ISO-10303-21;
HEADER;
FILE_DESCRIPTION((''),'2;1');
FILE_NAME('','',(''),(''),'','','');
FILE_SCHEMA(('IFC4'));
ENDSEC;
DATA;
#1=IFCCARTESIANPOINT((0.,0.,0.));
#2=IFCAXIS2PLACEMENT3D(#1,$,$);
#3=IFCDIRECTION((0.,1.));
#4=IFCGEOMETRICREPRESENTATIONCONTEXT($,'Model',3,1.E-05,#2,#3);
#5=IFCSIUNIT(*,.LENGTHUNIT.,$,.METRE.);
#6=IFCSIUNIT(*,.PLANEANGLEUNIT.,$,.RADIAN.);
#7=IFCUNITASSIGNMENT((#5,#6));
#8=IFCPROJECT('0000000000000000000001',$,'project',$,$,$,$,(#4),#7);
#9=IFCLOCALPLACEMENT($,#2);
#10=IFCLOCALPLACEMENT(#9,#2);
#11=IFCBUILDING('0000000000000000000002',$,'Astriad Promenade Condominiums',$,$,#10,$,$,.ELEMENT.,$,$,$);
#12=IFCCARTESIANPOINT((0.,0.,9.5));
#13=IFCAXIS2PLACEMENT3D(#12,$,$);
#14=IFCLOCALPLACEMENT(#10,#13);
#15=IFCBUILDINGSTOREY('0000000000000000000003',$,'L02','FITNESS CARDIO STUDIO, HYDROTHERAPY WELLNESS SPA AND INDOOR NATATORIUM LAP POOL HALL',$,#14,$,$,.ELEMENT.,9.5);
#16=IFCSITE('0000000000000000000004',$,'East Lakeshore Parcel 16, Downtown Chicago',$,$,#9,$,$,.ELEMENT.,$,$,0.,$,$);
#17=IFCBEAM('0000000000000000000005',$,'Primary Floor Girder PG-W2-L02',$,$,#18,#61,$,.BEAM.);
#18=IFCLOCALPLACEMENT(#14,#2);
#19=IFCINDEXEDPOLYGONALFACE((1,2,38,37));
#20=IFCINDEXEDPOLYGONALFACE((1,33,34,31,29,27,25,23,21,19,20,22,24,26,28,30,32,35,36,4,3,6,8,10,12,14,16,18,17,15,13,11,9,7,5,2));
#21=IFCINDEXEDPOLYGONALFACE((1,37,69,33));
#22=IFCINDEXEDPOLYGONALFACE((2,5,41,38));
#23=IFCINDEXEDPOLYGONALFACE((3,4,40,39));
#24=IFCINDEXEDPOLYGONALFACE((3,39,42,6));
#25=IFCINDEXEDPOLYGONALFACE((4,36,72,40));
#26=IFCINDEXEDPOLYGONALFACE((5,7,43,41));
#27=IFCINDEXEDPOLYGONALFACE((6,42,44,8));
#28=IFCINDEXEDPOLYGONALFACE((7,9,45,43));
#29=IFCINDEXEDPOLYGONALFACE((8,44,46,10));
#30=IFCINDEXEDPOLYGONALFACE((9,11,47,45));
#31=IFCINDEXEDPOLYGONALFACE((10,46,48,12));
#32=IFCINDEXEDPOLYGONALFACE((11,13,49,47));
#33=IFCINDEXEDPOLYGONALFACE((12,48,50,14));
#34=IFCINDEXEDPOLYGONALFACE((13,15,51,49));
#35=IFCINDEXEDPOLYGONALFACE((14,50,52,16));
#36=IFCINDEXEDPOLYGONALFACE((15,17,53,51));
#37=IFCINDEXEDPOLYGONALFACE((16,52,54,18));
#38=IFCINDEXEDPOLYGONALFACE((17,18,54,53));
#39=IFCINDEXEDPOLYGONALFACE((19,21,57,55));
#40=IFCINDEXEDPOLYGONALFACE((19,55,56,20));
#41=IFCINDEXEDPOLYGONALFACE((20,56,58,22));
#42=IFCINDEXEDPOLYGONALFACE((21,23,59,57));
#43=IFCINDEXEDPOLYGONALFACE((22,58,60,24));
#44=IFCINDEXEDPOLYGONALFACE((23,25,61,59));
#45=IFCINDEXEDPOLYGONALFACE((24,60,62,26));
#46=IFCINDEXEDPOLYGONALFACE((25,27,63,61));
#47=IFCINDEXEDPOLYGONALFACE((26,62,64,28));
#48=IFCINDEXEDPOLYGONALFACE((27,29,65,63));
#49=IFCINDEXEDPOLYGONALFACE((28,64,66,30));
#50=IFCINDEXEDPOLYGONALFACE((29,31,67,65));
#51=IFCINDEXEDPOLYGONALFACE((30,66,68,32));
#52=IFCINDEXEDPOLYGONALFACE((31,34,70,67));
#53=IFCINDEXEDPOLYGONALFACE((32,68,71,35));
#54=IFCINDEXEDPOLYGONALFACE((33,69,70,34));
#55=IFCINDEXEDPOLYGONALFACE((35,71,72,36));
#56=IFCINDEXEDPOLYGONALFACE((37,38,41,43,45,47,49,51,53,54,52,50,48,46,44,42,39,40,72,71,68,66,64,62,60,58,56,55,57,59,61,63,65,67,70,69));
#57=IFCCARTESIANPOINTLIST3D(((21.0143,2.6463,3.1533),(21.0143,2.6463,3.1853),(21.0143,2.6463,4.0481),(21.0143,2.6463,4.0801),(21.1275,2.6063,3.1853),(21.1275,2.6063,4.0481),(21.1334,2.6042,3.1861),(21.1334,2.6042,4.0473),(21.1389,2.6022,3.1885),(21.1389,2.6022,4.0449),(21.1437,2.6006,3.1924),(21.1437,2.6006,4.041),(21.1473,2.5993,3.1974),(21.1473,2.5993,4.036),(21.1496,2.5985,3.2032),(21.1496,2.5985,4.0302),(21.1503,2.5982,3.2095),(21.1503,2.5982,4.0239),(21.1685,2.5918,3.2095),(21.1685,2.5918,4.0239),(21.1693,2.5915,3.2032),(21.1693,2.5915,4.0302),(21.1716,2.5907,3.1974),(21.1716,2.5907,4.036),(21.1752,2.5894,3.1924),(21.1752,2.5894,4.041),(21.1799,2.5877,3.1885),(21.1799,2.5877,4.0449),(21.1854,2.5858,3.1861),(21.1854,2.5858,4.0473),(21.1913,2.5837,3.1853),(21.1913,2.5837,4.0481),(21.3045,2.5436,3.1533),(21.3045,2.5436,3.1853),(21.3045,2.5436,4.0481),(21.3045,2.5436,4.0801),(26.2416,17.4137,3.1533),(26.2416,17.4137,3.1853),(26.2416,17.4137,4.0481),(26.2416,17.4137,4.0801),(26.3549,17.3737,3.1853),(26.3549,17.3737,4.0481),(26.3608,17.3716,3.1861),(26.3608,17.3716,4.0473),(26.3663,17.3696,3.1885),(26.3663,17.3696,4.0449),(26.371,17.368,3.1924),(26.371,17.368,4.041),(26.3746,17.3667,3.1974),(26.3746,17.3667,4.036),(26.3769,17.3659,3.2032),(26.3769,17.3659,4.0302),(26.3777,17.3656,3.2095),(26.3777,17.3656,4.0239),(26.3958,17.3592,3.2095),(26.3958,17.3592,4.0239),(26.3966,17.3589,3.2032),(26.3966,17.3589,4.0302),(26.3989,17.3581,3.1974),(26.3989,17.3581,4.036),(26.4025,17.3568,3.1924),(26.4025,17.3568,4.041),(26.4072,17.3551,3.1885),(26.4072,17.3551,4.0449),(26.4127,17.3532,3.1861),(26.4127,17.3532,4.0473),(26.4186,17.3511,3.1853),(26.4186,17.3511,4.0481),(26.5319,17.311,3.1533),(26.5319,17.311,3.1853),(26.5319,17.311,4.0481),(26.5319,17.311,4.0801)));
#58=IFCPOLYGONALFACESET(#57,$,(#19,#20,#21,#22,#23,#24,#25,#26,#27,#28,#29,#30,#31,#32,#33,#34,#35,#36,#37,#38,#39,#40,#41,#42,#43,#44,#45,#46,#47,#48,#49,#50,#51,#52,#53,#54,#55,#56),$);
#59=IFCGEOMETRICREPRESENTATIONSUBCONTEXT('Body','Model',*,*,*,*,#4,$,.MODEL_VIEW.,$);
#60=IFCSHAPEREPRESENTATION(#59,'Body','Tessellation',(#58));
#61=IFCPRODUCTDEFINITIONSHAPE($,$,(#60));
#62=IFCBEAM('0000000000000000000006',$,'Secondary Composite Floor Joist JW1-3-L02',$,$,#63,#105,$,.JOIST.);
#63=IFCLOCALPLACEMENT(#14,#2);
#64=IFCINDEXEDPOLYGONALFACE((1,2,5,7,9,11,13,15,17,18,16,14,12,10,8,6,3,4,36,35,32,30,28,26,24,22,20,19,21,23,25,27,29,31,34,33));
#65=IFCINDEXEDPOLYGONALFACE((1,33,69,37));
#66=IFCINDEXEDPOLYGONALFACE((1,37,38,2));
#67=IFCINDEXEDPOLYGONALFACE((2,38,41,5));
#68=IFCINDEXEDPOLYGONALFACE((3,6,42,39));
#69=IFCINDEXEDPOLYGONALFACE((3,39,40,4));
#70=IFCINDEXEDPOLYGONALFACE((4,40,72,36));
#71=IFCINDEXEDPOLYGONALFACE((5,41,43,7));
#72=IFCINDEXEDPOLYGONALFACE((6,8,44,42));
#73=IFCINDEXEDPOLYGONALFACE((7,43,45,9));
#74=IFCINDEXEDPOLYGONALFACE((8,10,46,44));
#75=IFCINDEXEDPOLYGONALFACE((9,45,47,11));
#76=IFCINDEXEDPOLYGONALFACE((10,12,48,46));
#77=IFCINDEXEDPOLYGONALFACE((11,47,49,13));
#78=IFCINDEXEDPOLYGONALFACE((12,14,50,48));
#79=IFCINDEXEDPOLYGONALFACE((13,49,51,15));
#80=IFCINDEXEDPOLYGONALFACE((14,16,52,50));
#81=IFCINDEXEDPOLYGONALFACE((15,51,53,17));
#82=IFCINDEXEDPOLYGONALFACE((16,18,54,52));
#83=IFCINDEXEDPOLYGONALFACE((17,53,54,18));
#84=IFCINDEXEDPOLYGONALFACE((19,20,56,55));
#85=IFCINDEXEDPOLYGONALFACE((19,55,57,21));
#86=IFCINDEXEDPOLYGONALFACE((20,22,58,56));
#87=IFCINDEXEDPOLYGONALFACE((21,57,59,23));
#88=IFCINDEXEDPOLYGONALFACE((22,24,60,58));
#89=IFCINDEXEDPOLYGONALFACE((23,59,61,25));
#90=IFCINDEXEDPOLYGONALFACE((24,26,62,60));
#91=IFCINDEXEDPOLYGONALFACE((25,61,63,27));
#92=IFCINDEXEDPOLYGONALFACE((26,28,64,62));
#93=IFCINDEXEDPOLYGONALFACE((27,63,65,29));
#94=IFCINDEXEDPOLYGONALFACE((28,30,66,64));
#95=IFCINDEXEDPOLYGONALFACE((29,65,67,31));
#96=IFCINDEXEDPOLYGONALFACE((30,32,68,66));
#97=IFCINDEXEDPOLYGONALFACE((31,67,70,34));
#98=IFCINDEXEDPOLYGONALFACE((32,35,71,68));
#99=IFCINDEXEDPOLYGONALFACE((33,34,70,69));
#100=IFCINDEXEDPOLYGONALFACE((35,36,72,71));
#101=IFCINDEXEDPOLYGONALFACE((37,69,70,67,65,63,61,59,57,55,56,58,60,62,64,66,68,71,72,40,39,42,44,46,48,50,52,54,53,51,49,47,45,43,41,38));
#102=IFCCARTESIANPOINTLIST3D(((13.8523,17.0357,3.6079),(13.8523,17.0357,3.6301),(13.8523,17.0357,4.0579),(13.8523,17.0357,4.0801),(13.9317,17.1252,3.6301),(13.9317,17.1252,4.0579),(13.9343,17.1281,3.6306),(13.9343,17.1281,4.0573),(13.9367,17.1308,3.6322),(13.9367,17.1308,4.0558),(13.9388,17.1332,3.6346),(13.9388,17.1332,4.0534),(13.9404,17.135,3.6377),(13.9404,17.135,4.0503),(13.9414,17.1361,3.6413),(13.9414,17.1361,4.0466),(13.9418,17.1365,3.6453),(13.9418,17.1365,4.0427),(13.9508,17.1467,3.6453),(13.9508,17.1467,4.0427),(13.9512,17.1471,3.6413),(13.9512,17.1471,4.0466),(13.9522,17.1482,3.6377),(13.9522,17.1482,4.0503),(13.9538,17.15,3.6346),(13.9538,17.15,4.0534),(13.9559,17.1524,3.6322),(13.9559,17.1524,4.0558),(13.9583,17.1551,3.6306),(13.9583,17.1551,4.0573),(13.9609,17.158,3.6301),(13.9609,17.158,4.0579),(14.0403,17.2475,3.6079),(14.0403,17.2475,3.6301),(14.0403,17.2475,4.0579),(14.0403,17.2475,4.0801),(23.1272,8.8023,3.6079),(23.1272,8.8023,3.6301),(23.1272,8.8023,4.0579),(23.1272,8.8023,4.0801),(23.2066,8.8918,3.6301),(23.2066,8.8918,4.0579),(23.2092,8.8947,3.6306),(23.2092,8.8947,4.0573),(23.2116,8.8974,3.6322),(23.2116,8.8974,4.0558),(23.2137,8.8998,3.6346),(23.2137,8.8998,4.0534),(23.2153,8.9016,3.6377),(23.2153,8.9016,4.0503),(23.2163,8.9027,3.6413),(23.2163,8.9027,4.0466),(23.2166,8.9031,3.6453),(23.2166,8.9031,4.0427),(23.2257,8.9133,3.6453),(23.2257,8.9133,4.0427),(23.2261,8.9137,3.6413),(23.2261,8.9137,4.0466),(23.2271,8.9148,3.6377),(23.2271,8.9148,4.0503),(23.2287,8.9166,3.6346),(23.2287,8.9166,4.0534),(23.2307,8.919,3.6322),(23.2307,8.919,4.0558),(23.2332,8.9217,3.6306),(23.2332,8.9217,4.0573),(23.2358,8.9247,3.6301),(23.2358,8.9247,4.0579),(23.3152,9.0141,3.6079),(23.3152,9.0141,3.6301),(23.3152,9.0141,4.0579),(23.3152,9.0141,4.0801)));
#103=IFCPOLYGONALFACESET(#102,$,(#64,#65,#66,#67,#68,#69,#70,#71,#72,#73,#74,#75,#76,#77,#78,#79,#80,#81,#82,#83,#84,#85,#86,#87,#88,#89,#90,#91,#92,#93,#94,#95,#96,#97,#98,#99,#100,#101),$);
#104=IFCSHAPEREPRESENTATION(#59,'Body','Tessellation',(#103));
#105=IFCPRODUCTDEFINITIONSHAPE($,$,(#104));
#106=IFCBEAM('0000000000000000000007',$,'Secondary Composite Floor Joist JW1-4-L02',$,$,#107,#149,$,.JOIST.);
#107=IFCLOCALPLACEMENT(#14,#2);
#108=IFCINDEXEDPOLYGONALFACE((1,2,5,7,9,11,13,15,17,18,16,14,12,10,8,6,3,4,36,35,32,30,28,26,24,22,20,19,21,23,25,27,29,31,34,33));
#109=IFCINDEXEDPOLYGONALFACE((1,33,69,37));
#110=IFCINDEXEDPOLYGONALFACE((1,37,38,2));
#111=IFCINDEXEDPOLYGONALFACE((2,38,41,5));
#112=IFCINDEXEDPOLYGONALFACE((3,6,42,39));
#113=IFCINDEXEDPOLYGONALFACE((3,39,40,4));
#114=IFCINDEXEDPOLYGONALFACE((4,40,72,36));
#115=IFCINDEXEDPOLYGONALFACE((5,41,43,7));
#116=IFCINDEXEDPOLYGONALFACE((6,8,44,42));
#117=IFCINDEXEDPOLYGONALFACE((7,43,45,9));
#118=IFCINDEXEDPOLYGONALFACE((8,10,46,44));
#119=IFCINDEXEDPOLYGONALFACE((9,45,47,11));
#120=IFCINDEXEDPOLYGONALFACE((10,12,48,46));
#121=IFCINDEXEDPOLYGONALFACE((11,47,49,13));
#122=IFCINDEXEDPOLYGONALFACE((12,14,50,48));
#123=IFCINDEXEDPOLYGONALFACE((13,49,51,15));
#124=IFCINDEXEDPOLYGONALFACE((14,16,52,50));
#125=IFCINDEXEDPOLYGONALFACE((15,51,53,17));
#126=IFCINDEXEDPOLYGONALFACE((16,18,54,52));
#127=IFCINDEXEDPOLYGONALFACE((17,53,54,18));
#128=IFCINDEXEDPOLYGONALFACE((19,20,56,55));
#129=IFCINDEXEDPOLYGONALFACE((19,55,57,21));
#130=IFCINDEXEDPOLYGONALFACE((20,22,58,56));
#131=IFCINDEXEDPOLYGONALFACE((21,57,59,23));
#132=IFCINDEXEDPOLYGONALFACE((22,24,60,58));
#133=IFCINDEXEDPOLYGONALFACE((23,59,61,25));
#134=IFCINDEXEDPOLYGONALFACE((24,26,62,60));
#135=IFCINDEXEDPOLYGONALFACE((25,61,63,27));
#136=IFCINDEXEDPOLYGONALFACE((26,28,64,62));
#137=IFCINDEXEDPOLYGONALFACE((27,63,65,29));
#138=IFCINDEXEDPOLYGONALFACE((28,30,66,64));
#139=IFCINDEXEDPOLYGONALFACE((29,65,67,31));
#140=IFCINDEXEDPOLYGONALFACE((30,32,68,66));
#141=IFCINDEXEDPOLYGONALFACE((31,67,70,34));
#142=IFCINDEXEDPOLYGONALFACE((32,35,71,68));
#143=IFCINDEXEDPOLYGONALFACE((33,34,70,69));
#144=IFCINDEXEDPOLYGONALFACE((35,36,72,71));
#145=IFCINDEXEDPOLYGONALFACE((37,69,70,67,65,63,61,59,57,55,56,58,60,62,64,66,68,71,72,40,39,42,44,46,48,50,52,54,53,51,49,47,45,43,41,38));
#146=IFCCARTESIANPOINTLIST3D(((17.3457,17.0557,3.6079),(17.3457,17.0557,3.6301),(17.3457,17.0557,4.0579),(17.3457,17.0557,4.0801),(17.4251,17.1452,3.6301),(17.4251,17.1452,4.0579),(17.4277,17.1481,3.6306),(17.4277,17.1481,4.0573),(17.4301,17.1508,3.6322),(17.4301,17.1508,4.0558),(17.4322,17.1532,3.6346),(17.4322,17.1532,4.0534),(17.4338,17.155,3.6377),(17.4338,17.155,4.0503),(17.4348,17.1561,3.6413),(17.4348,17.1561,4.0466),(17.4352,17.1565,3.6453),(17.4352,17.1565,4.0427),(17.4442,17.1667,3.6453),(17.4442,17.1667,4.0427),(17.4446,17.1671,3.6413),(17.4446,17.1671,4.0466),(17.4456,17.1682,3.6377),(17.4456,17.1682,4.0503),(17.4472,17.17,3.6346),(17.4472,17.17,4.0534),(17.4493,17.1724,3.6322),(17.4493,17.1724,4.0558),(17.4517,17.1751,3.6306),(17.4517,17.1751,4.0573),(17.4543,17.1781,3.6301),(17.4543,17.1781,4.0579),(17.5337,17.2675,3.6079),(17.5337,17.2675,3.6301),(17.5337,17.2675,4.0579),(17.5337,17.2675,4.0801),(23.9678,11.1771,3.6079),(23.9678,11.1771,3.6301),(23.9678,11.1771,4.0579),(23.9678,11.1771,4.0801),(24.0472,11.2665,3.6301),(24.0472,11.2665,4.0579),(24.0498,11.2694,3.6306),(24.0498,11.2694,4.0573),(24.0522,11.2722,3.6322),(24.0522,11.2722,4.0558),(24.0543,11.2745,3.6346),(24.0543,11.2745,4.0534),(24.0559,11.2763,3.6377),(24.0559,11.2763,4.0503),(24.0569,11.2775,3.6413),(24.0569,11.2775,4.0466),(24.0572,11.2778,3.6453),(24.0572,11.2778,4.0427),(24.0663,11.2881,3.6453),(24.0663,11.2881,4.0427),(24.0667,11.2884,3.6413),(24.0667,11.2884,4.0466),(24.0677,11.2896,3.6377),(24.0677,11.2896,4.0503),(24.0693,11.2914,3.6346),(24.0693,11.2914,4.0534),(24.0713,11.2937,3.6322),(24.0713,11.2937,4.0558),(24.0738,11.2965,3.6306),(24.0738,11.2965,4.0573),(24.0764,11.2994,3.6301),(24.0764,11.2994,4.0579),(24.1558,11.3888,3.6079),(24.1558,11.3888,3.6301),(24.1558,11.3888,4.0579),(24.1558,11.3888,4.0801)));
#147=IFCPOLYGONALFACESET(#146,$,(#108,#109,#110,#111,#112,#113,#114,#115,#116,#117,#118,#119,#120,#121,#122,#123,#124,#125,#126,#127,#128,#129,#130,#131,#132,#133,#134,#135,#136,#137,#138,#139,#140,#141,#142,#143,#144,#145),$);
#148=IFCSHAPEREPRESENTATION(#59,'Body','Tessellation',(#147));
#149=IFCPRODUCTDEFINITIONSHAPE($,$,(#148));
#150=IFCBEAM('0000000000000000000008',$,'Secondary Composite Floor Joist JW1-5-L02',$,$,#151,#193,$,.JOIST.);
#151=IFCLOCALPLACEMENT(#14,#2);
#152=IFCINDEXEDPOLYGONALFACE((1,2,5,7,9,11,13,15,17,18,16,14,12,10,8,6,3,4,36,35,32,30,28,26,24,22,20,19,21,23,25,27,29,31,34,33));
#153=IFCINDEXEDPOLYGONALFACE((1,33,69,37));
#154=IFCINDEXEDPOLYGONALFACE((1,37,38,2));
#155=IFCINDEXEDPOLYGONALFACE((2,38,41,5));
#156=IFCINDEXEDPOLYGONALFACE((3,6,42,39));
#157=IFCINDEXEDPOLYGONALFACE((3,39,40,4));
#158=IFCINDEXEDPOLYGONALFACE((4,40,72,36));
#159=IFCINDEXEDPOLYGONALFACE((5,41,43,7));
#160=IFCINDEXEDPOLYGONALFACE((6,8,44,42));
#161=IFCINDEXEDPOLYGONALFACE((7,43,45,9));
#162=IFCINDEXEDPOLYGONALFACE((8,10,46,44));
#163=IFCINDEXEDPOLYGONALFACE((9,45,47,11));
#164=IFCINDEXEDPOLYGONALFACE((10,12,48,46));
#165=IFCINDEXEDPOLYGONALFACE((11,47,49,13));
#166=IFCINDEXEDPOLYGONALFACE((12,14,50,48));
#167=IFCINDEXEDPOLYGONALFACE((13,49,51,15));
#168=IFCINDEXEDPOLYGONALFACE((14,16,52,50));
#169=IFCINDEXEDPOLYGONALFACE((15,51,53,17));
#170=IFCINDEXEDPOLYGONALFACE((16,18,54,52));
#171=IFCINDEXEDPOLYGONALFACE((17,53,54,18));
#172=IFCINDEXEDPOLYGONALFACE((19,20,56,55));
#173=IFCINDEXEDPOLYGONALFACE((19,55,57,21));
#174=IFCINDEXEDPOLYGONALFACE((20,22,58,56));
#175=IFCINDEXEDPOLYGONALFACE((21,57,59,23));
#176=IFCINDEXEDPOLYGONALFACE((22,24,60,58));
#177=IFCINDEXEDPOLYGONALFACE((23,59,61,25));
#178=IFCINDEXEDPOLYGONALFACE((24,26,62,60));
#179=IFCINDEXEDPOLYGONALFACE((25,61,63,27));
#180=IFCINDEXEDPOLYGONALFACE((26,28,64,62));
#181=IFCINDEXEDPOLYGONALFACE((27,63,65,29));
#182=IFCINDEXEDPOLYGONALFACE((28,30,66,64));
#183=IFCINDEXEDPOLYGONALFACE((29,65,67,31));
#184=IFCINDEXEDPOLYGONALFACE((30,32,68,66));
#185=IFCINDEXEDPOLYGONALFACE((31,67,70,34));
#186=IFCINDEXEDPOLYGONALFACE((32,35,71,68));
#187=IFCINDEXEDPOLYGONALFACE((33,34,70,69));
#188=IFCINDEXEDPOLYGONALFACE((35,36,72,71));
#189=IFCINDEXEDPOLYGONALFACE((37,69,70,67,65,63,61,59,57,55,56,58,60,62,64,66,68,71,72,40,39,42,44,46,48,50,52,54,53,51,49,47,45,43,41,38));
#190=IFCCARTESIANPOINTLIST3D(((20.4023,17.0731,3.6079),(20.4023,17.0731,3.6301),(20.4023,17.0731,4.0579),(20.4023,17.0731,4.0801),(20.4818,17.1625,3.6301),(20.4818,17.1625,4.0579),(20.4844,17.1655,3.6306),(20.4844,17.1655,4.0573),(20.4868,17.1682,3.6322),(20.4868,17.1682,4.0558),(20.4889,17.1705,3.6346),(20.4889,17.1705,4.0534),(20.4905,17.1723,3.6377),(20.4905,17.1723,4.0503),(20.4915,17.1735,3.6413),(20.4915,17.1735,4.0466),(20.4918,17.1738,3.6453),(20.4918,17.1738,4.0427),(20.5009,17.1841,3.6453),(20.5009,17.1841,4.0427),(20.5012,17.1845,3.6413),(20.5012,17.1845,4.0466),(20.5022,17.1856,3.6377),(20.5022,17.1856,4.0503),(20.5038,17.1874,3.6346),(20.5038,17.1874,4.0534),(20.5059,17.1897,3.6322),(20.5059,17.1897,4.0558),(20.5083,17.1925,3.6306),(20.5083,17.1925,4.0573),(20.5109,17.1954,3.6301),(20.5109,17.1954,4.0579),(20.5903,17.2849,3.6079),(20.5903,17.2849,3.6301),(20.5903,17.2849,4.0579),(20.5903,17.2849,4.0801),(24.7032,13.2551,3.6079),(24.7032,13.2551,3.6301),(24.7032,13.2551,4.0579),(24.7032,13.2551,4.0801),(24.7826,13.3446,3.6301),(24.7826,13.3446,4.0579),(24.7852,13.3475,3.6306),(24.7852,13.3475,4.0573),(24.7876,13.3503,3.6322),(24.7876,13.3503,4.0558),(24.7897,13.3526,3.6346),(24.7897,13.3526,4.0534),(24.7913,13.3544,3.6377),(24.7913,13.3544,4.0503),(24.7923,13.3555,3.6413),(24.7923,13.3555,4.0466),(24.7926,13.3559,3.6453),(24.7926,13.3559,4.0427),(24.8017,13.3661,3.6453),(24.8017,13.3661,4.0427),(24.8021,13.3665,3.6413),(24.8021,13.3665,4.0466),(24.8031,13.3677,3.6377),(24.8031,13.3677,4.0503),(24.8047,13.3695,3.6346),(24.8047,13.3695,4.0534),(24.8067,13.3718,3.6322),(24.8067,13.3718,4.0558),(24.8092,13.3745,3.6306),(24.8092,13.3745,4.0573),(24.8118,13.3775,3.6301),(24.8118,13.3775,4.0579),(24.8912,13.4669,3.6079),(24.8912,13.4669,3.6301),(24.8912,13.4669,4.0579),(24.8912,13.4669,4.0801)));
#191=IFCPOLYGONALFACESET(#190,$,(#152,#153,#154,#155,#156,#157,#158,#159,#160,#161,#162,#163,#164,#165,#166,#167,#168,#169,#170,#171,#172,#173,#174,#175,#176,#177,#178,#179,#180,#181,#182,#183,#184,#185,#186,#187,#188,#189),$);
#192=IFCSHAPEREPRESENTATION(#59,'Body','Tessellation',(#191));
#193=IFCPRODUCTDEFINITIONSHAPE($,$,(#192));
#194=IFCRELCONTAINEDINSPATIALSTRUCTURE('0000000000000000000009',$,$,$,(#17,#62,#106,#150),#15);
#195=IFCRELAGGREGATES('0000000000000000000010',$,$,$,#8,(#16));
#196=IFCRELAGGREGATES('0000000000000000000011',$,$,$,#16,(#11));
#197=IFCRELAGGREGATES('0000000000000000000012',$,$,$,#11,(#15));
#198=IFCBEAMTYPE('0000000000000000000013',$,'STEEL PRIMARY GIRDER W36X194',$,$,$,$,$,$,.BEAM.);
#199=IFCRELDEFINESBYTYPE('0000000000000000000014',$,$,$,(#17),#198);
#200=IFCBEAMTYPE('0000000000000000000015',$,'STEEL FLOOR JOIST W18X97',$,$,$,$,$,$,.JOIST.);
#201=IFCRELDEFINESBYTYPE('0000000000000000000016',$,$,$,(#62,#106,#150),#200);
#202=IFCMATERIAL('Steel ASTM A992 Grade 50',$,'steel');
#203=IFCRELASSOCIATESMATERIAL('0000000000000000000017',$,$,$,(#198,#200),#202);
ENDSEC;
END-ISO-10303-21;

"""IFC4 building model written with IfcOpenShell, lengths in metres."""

from ifc_helpers import new_model, si_unit, direction, frame, origin, origin_2d, place, context, subcontext, project, spatial, i_section, extrude, source, transform, mapped, material, material_profile, profile_set, type_object, type_shapes, element, save


model = new_model("IFC4")

# Units and contexts
model_context = context("Model", 3, precision=1e-05, world=origin(), true_north=direction((0.0, 1.0)))
body_context = subcontext(model_context, "Body", "Model", "MODEL_VIEW")
ifc_project = project(units=[si_unit("LENGTHUNIT", "METRE"), si_unit("PLANEANGLEUNIT", "RADIAN")], contexts=[model_context])

# Site, building, storey
site_placement = place(None, origin())
site = spatial("IfcSite", under=ifc_project, at=site_placement, Name="East Lakeshore Parcel 16, Downtown Chicago", CompositionType="ELEMENT", RefElevation=0.0)
building_placement = place(site_placement, origin())
building = spatial("IfcBuilding", under=site, at=building_placement, Name="Astriad Promenade Condominiums", CompositionType="ELEMENT")
storey_placement = place(building_placement, frame((0.0, 0.0, 9.5)))
storey = spatial("IfcBuildingStorey", under=building, at=storey_placement, Name="L02", Description="FITNESS CARDIO STUDIO, HYDROTHERAPY WELLNESS SPA AND INDOOR NATATORIUM LAP POOL HALL", CompositionType="ELEMENT", Elevation=9.5)

# Shared definitions
ifc_material_1 = material(Name="Steel ASTM A992 Grade 50", Category="steel")

# Beams
ifc_material_profile_1 = material_profile(ifc_material_1, i_section(OverallWidth=0.3079, OverallDepth=0.9268, WebThickness=0.0193, FlangeThickness=0.032, FilletRadius=0.0242, at=origin_2d()), Name="W36X194")
ifc_profile_set_1 = profile_set([ifc_material_profile_1], Name="Steel ASTM A992 Grade 50")
beam_type_1 = type_object("IfcBeamType", Name="STEEL PRIMARY GIRDER W36X194", PredefinedType="BEAM", material=ifc_profile_set_1)
shared_shape_1 = source(origin(), body_context, "Body", "SweptSolid", [
    extrude(i_section(OverallWidth=0.3079, OverallDepth=0.9268, WebThickness=0.0193, FlangeThickness=0.032, FilletRadius=0.0242, at=origin_2d()), origin(), (0.0, 0.0, 1.0), 15.6653),
])
type_shapes(beam_type_1, [shared_shape_1])
beam_1_placement = place(storey_placement, frame((21.1594, 2.595, 3.6167), z_axis=(0.333688, 0.942684, 0.0), x_axis=(-0.942684, 0.333688, 0.0)))
element("IfcBeam", 1, at=beam_1_placement, inside=storey, type_object=beam_type_1, Name="Primary Floor Girder PG-W2-L02", PredefinedType="BEAM", context=body_context, shape_type="MappedRepresentation", body=[
    mapped(shared_shape_1, transform((0.0, 0.0, 0.0), scale=1.0)),
])
ifc_material_profile_2 = material_profile(ifc_material_1, i_section(OverallWidth=0.2832, OverallDepth=0.4722, WebThickness=0.0137, FlangeThickness=0.0222, FilletRadius=0.0151, at=origin_2d()), Name="W18X97")
ifc_profile_set_2 = profile_set([ifc_material_profile_2], Name="Steel ASTM A992 Grade 50")
beam_type_2 = type_object("IfcBeamType", Name="STEEL FLOOR JOIST W18X97", PredefinedType="JOIST", material=ifc_profile_set_2)
shared_shape_2 = source(origin(), body_context, "Body", "SweptSolid", [
    extrude(i_section(OverallWidth=0.2832, OverallDepth=0.4722, WebThickness=0.0137, FlangeThickness=0.0222, FilletRadius=0.0151, at=origin_2d()), origin(), (0.0, 0.0, 1.0), 12.4021),
])
beam_2_placement = place(storey_placement, frame((13.9463, 17.1416, 3.844), z_axis=(0.747848, -0.66387, 0.0), x_axis=(0.66387, 0.747848, 0.0)))
element("IfcBeam", 2, at=beam_2_placement, inside=storey, type_object=beam_type_2, Name="Secondary Composite Floor Joist JW1-3-L02", PredefinedType="JOIST", context=body_context, shape_type="MappedRepresentation", body=[
    mapped(shared_shape_2, transform((0.0, 0.0, 0.0), scale=1.0)),
])
shared_shape_3 = source(origin(), body_context, "Body", "SweptSolid", [
    extrude(i_section(OverallWidth=0.2832, OverallDepth=0.4722, WebThickness=0.0137, FlangeThickness=0.0222, FilletRadius=0.0151, at=origin_2d()), origin(), (0.0, 0.0, 1.0), 8.855),
])
beam_3_placement = place(storey_placement, frame((17.4397, 17.1616, 3.844), z_axis=(0.747837, -0.663883, 0.0), x_axis=(0.663883, 0.747837, 0.0)))
element("IfcBeam", 3, at=beam_3_placement, inside=storey, type_object=beam_type_2, Name="Secondary Composite Floor Joist JW1-4-L02", PredefinedType="JOIST", context=body_context, shape_type="MappedRepresentation", body=[
    mapped(shared_shape_3, transform((0.0, 0.0, 0.0), scale=1.0)),
])
shared_shape_4 = source(origin(), body_context, "Body", "SweptSolid", [
    extrude(i_section(OverallWidth=0.2832, OverallDepth=0.4722, WebThickness=0.0137, FlangeThickness=0.0222, FilletRadius=0.0151, at=origin_2d()), origin(), (0.0, 0.0, 1.0), 5.751),
])
type_shapes(beam_type_2, [shared_shape_2, shared_shape_3, shared_shape_4])
beam_4_placement = place(storey_placement, frame((20.4963, 17.179, 3.844), z_axis=(0.747845, -0.663874, 0.0), x_axis=(0.663874, 0.747845, 0.0)))
element("IfcBeam", 4, at=beam_4_placement, inside=storey, type_object=beam_type_2, Name="Secondary Composite Floor Joist JW1-5-L02", PredefinedType="JOIST", context=body_context, shape_type="MappedRepresentation", body=[
    mapped(shared_shape_4, transform((0.0, 0.0, 0.0), scale=1.0)),
])

save(model, "model.ifc")
